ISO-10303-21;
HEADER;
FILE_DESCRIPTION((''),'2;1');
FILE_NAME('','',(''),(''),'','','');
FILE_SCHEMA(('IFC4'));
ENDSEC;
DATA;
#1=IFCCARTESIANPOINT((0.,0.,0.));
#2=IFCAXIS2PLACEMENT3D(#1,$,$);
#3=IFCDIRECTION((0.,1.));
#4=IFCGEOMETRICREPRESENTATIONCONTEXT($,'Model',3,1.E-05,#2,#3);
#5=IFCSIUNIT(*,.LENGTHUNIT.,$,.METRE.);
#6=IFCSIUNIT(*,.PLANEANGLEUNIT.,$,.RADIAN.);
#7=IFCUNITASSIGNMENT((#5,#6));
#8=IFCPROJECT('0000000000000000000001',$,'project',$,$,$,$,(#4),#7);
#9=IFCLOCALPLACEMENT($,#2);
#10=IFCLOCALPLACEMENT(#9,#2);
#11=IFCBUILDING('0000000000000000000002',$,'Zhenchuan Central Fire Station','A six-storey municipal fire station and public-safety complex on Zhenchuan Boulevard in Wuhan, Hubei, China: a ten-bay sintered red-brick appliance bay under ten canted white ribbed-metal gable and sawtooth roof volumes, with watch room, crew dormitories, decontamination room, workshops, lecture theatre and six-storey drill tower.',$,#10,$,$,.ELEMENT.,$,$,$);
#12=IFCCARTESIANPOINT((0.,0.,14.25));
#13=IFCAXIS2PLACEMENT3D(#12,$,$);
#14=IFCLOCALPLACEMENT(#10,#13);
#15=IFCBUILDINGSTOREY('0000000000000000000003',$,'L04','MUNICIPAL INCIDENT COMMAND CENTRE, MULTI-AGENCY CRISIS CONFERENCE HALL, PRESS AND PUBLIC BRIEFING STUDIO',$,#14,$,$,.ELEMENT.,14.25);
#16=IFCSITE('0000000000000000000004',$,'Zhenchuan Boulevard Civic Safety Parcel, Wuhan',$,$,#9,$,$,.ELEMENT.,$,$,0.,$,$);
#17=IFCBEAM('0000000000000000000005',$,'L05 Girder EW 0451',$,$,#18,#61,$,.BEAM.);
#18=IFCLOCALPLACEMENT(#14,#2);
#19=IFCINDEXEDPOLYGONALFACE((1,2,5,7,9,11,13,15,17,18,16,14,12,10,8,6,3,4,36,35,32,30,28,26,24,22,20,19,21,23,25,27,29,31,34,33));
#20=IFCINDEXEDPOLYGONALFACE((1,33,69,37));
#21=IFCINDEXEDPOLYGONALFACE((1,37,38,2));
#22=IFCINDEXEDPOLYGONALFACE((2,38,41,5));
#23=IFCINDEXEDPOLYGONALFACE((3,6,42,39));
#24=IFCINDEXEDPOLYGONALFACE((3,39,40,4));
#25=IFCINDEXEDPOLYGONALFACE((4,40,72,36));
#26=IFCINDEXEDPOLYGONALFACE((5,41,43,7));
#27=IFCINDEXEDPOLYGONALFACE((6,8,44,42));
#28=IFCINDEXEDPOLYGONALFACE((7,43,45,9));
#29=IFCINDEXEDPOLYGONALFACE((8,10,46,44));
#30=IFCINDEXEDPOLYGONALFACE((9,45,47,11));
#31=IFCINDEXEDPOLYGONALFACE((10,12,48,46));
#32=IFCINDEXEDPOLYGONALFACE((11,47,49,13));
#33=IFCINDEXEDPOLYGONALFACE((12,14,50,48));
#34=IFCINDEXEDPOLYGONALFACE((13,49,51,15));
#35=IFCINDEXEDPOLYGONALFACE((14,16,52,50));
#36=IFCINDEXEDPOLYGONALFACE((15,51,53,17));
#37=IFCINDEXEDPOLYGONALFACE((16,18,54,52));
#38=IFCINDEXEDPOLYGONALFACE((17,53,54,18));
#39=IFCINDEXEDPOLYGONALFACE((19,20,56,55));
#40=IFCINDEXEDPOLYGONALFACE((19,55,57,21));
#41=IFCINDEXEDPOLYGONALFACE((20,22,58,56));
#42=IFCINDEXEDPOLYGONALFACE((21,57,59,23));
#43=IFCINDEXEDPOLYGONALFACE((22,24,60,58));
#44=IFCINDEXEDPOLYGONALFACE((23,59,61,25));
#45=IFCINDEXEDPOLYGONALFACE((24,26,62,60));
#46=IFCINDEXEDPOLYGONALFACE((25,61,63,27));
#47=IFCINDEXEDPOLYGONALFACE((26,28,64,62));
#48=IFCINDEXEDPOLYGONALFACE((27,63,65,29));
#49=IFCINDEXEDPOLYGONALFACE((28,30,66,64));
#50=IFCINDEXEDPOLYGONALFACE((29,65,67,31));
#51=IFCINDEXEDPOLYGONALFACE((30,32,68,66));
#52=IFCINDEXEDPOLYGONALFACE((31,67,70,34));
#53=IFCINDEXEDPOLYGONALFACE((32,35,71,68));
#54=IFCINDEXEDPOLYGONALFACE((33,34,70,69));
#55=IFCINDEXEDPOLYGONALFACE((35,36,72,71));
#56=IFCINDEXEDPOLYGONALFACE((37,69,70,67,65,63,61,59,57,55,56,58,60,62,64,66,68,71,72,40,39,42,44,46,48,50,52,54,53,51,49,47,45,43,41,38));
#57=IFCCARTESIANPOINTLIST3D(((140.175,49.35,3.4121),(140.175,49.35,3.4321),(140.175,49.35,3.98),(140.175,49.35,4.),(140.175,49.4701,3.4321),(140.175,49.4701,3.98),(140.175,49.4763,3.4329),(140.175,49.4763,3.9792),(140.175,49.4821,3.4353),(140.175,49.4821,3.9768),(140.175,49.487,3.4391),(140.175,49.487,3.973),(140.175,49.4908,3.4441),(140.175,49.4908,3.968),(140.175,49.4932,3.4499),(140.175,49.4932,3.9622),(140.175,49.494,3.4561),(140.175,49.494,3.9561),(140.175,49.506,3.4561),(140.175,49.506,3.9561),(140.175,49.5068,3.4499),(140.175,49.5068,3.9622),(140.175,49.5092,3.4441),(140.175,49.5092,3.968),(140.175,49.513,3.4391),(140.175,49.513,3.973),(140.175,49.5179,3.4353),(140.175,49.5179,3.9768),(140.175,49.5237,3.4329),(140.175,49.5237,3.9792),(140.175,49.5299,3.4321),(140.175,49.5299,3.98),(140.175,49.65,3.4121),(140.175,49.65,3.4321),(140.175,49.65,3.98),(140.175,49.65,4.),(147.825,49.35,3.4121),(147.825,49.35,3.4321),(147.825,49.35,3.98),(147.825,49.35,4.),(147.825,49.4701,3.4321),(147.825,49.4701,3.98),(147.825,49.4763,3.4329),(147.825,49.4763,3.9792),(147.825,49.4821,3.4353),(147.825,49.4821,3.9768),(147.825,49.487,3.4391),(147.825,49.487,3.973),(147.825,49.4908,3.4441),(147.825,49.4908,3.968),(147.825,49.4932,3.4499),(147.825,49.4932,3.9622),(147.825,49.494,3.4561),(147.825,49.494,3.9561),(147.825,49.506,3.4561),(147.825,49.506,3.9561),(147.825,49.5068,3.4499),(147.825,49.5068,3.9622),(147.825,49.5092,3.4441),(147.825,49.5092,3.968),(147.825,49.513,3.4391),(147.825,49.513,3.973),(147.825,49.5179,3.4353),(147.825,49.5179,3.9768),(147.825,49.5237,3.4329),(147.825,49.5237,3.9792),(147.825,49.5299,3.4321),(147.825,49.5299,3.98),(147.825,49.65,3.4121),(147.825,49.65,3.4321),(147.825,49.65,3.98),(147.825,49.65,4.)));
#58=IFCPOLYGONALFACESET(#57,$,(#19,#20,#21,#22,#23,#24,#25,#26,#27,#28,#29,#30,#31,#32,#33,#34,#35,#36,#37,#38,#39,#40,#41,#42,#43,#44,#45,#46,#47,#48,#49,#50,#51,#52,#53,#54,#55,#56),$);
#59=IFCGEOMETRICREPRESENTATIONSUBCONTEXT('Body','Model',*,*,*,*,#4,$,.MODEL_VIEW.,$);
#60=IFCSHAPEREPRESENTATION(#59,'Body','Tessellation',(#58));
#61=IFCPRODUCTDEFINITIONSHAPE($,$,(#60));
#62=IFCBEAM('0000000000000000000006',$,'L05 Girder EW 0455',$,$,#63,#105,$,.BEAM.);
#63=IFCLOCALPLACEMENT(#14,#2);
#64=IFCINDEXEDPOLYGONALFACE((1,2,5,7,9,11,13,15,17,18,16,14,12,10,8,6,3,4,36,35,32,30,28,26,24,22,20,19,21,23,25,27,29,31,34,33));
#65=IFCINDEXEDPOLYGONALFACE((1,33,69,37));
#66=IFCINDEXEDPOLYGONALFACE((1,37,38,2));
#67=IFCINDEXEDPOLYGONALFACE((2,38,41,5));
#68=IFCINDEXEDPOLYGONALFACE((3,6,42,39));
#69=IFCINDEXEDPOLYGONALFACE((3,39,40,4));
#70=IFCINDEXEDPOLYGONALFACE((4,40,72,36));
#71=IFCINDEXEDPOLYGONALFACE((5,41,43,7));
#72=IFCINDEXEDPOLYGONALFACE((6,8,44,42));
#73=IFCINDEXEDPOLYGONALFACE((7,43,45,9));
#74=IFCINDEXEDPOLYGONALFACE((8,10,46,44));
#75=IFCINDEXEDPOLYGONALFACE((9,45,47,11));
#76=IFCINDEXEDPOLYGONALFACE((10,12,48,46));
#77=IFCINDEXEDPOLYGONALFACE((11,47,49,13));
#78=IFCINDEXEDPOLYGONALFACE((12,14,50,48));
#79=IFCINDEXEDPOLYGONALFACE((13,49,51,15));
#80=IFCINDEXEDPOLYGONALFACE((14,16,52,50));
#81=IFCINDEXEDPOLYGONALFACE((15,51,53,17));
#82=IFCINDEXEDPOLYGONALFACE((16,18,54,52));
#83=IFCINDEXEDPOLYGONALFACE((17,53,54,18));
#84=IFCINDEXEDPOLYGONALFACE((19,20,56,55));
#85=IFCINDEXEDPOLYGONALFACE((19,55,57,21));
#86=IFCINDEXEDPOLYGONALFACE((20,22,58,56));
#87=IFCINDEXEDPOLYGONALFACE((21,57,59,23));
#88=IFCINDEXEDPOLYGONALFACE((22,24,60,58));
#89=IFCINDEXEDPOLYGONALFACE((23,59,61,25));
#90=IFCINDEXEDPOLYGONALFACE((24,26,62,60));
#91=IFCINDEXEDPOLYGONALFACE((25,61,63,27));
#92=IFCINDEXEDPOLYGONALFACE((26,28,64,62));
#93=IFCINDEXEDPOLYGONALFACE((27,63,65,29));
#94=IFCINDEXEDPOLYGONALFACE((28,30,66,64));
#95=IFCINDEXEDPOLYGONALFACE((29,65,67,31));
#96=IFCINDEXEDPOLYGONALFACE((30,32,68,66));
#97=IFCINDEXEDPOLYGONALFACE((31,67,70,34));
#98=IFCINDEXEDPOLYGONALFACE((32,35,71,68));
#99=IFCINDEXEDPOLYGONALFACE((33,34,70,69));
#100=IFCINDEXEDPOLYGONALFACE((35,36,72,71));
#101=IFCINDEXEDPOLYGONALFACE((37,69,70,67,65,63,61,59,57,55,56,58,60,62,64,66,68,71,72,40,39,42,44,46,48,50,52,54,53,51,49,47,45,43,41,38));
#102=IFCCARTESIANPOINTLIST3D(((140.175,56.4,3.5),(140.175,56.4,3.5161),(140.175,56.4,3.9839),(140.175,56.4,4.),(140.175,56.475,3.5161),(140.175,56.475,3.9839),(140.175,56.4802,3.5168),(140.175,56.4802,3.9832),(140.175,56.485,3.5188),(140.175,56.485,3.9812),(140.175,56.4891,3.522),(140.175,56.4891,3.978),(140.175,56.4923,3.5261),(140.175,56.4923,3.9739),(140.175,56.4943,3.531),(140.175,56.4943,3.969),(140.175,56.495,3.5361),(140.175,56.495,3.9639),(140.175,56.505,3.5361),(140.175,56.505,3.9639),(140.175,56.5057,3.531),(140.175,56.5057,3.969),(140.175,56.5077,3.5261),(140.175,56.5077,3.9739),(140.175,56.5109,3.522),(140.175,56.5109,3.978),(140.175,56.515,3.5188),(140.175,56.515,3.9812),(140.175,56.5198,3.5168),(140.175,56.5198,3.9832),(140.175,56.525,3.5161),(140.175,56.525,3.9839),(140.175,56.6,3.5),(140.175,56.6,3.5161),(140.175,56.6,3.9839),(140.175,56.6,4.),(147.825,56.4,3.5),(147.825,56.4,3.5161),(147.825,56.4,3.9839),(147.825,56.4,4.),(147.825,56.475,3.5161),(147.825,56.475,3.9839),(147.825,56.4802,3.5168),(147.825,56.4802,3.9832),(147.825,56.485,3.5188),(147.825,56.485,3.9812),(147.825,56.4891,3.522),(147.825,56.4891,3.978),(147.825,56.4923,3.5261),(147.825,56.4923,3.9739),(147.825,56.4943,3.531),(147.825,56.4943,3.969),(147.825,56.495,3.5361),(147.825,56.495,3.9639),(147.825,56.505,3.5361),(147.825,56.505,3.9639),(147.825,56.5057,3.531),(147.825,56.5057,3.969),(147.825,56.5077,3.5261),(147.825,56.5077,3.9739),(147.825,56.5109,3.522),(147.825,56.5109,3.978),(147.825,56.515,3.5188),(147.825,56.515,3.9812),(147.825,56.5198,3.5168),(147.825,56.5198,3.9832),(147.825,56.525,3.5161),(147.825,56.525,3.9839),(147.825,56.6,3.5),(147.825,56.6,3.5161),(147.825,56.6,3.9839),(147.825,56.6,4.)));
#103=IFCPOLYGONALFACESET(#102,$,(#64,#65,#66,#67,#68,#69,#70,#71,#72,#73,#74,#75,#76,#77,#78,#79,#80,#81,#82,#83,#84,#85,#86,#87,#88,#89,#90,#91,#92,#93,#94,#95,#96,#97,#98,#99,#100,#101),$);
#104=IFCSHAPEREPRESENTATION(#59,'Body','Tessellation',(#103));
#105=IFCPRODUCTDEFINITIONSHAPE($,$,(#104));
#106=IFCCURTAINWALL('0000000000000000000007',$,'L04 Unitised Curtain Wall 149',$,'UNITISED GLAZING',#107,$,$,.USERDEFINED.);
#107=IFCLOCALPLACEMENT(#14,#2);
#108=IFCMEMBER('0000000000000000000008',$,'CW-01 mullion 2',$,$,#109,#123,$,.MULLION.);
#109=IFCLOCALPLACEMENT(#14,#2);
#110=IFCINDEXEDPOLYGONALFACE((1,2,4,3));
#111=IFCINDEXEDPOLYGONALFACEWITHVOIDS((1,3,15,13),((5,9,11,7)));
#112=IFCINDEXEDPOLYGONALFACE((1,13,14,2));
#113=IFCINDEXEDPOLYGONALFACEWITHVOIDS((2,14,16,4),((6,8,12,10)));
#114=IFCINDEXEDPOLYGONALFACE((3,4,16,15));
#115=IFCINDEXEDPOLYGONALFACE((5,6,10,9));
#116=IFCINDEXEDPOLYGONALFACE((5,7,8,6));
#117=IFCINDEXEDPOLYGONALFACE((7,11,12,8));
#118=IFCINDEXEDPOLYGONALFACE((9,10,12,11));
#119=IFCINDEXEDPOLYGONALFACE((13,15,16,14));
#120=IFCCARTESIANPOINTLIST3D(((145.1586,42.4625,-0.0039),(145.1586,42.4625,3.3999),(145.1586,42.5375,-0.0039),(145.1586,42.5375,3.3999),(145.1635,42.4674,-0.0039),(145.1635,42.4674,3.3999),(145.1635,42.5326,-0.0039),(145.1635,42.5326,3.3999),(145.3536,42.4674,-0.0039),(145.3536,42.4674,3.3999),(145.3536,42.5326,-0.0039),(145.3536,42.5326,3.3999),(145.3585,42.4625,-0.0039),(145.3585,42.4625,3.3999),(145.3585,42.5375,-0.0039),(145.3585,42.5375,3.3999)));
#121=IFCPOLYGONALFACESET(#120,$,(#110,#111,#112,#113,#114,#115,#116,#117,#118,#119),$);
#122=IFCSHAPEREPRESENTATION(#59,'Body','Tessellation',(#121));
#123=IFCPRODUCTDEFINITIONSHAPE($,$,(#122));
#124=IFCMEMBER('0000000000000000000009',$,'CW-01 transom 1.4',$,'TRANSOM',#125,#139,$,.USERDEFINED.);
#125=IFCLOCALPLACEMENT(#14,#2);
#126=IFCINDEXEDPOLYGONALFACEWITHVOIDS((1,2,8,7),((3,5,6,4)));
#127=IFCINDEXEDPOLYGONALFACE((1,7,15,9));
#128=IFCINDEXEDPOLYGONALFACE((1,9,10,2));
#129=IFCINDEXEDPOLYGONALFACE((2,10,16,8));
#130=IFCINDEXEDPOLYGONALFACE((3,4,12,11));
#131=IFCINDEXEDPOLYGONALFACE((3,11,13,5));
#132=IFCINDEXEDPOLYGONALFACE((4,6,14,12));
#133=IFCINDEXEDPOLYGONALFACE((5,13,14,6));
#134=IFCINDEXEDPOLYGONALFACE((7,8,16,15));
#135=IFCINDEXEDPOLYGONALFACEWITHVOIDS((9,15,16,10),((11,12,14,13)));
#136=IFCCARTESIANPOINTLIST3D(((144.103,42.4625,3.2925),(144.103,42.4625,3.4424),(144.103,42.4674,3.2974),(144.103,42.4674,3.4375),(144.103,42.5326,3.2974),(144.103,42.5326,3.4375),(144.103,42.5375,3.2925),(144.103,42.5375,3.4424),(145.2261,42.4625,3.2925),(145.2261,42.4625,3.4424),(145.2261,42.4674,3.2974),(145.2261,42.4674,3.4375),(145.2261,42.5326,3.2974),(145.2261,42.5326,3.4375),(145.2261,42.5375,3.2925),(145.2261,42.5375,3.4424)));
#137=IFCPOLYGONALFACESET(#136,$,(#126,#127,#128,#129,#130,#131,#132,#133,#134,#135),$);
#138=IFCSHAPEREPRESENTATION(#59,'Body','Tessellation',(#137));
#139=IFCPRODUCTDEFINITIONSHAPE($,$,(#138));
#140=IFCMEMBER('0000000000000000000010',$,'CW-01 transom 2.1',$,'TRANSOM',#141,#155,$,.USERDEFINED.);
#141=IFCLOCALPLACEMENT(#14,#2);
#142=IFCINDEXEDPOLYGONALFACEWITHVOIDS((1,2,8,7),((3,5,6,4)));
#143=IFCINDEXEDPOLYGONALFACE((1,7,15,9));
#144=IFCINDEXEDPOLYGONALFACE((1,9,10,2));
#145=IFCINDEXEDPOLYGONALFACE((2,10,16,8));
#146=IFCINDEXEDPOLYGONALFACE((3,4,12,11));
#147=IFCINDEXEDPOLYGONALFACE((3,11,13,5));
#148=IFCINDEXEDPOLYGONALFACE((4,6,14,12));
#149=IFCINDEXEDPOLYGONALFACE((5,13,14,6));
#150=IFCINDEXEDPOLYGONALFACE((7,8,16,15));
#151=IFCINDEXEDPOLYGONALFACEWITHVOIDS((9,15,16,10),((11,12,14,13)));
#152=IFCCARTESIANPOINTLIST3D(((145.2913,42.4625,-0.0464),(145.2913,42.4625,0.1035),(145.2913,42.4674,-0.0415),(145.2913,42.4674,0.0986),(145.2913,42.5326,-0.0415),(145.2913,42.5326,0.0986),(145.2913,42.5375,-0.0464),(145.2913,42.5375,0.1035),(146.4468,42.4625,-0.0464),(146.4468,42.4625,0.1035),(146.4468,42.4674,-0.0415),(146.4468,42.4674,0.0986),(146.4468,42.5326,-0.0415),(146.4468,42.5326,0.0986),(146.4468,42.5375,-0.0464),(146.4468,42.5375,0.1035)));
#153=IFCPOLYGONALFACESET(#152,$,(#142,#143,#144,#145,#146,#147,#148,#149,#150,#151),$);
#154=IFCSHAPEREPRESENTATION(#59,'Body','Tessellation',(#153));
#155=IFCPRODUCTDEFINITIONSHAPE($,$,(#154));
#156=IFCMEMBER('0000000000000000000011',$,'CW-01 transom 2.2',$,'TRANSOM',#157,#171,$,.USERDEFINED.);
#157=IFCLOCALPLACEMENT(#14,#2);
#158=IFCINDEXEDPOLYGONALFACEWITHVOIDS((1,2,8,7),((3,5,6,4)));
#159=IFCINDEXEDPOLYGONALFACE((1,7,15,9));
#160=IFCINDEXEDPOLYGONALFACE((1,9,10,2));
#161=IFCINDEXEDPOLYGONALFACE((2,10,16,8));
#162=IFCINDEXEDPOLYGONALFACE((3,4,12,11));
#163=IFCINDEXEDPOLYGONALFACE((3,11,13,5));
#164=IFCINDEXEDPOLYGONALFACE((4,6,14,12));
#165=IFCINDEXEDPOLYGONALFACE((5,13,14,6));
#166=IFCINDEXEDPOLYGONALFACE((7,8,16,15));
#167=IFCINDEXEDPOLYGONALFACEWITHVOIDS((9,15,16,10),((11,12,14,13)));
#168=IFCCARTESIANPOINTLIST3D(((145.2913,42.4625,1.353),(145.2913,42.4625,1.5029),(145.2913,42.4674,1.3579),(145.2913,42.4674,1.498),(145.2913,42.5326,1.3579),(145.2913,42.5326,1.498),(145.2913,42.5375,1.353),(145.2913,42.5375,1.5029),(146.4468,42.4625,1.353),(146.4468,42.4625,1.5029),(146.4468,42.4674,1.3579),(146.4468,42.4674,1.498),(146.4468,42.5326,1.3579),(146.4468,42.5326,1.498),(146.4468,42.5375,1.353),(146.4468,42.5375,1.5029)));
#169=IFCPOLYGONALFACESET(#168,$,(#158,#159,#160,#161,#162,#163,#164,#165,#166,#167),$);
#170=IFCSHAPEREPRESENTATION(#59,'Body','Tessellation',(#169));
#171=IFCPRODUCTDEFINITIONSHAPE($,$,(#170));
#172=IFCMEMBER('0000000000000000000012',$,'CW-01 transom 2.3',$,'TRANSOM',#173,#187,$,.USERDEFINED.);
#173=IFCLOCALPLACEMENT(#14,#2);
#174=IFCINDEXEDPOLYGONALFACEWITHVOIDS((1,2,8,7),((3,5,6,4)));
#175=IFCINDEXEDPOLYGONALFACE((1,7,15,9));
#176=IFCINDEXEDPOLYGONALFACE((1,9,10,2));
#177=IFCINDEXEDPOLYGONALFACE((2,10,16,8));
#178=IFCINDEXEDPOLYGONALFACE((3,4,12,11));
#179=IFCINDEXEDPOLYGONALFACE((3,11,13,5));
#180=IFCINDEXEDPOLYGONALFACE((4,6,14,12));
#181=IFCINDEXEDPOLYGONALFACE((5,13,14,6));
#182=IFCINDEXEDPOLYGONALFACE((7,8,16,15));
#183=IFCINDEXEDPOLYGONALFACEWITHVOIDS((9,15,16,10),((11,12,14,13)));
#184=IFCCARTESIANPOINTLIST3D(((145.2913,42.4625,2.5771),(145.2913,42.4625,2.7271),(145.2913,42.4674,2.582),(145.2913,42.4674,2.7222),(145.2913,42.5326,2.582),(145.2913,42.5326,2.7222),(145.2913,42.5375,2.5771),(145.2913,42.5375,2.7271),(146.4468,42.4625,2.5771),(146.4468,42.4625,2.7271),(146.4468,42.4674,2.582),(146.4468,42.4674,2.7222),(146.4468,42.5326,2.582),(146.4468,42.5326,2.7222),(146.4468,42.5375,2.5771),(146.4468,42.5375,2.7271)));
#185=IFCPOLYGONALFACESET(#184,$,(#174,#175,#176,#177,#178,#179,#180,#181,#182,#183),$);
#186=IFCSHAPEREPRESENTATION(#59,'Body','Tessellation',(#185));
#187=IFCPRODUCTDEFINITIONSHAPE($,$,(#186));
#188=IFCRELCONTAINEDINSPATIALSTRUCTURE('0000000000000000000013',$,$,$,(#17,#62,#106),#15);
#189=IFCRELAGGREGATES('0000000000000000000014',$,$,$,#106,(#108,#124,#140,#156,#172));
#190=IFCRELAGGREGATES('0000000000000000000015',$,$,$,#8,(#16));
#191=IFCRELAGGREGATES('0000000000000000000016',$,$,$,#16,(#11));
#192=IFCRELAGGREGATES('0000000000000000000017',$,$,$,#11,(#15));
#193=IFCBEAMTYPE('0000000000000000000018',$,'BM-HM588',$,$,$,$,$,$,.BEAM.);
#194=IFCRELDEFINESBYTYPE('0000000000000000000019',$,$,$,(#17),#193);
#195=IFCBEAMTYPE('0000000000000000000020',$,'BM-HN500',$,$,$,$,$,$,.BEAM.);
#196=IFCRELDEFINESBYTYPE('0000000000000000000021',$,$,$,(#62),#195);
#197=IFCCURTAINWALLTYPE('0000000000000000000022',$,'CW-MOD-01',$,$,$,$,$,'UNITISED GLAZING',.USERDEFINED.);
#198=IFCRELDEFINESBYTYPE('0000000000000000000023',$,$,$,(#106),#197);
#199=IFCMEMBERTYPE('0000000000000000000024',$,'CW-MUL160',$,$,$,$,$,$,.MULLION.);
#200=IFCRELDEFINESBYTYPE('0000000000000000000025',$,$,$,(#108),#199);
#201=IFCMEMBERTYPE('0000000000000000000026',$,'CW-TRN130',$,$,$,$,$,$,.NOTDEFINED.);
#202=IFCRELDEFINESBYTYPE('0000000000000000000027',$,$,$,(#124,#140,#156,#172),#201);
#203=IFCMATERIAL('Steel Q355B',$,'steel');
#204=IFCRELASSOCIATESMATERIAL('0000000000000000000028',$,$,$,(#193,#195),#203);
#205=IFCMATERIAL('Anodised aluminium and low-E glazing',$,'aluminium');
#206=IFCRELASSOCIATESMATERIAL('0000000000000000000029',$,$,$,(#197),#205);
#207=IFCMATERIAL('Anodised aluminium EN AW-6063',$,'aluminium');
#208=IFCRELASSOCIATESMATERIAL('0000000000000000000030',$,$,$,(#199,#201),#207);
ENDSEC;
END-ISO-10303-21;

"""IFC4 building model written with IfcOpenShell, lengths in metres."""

from ifc_helpers import new_model, si_unit, direction, frame, origin, origin_2d, place, context, subcontext, project, spatial, hollow_rectangle, i_section, extrude, material, material_profile, profile_set, type_object, element, aggregate, save


model = new_model("IFC4")

# Units and contexts
model_context = context("Model", 3, precision=1e-05, world=origin(), true_north=direction((0.0, 1.0)))
body_context = subcontext(model_context, "Body", "Model", "MODEL_VIEW")
ifc_project = project(units=[si_unit("LENGTHUNIT", "METRE"), si_unit("PLANEANGLEUNIT", "RADIAN")], contexts=[model_context])

# Site, building, storey
site_placement = place(None, origin())
site = spatial("IfcSite", under=ifc_project, at=site_placement, Name="Zhenchuan Boulevard Civic Safety Parcel, Wuhan", CompositionType="ELEMENT", RefElevation=0.0)
building_placement = place(site_placement, origin())
building = spatial("IfcBuilding", under=site, at=building_placement, Name="Zhenchuan Central Fire Station", Description="A six-storey municipal fire station and public-safety complex on Zhenchuan Boulevard in Wuhan, Hubei, China: a ten-bay sintered red-brick appliance bay under ten canted white ribbed-metal gable and sawtooth roof volumes, with watch room, crew dormitories, decontamination room, workshops, lecture theatre and six-storey drill tower.", CompositionType="ELEMENT")
storey_placement = place(building_placement, frame((0.0, 0.0, 14.25)))
storey = spatial("IfcBuildingStorey", under=building, at=storey_placement, Name="L04", Description="MUNICIPAL INCIDENT COMMAND CENTRE, MULTI-AGENCY CRISIS CONFERENCE HALL, PRESS AND PUBLIC BRIEFING STUDIO", CompositionType="ELEMENT", Elevation=14.25)

# Beams
ifc_material_1 = material(Name="Steel Q355B", Category="steel")
ifc_material_profile_1 = material_profile(ifc_material_1, i_section(OverallWidth=0.3, OverallDepth=0.5879, WebThickness=0.012, FlangeThickness=0.02, FilletRadius=0.0239, at=origin_2d()), Name="HM 588x300")
ifc_profile_set_1 = profile_set([ifc_material_profile_1], Name="Steel Q355B")
beam_type_1 = type_object("IfcBeamType", Name="BM-HM588", PredefinedType="BEAM", material=ifc_profile_set_1)
beam_1_placement = place(storey_placement, frame((140.175, 49.5, 3.7061), z_axis=(1.0, 0.0, 0.0), x_axis=(0.0, 1.0, 0.0)))
element("IfcBeam", 1, at=beam_1_placement, inside=storey, type_object=beam_type_1, Name="L05 Girder EW 0451", PredefinedType="BEAM", context=body_context, shape_type="SweptSolid", body=[
    extrude(i_section(OverallWidth=0.3, OverallDepth=0.5879, WebThickness=0.012, FlangeThickness=0.02, FilletRadius=0.0239, at=origin_2d()), origin(), (0.0, 0.0, 1.0), 7.6499),
])
ifc_material_profile_2 = material_profile(ifc_material_1, i_section(OverallWidth=0.2, OverallDepth=0.5, WebThickness=0.01, FlangeThickness=0.0161, FilletRadius=0.02, at=origin_2d()), Name="HN 500x200")
ifc_profile_set_2 = profile_set([ifc_material_profile_2], Name="Steel Q355B")
beam_type_2 = type_object("IfcBeamType", Name="BM-HN500", PredefinedType="BEAM", material=ifc_profile_set_2)
beam_2_placement = place(storey_placement, frame((140.175, 56.5, 3.75), z_axis=(1.0, 0.0, 0.0), x_axis=(0.0, 1.0, 0.0)))
element("IfcBeam", 2, at=beam_2_placement, inside=storey, type_object=beam_type_2, Name="L05 Girder EW 0455", PredefinedType="BEAM", context=body_context, shape_type="SweptSolid", body=[
    extrude(i_section(OverallWidth=0.2, OverallDepth=0.5, WebThickness=0.01, FlangeThickness=0.0161, FilletRadius=0.02, at=origin_2d()), origin(), (0.0, 0.0, 1.0), 7.6499),
])

# Curtain wall, members
ifc_material_2 = material(Name="Anodised aluminium and low-E glazing", Category="aluminium")
curtain_wall_type = type_object("IfcCurtainWallType", Name="CW-MOD-01", ElementType="UNITISED GLAZING", PredefinedType="USERDEFINED", material=ifc_material_2)
curtain_wall_placement = place(storey_placement, origin())
curtain_wall = element("IfcCurtainWall", 3, at=curtain_wall_placement, inside=storey, type_object=curtain_wall_type, Name="L04 Unitised Curtain Wall 149", ObjectType="UNITISED GLAZING", PredefinedType="USERDEFINED")
ifc_material_3 = material(Name="Anodised aluminium EN AW-6063", Category="aluminium")
ifc_material_profile_3 = material_profile(ifc_material_3, hollow_rectangle(XDim=0.075, YDim=0.2, WallThickness=0.0049, at=origin_2d()), Name="ALU-M 200x75")
ifc_profile_set_3 = profile_set([ifc_material_profile_3], Name="Anodised aluminium EN AW-6063")
member_type_1 = type_object("IfcMemberType", Name="CW-MUL160", PredefinedType="MULLION", material=ifc_profile_set_3)
member_1_placement = place(storey_placement, frame((145.2585, 42.5, -0.0039), z_axis=(0.0, 0.0, 1.0), x_axis=(0.0, 1.0, 0.0)))
member_1 = element("IfcMember", 4, at=member_1_placement, type_object=member_type_1, Name="CW-01 mullion 2", PredefinedType="MULLION", context=body_context, shape_type="SweptSolid", body=[
    extrude(hollow_rectangle(XDim=0.075, YDim=0.2, WallThickness=0.0049, at=origin_2d()), origin(), (0.0, 0.0, 1.0), 3.4038),
])
ifc_material_profile_4 = material_profile(ifc_material_3, hollow_rectangle(XDim=0.075, YDim=0.1499, WallThickness=0.0049, at=origin_2d()), Name="ALU-T 150x75")
ifc_profile_set_4 = profile_set([ifc_material_profile_4], Name="Anodised aluminium EN AW-6063")
member_type_2 = type_object("IfcMemberType", Name="CW-TRN130", PredefinedType="NOTDEFINED", material=ifc_profile_set_4)
member_2_placement = place(storey_placement, frame((144.103, 42.5, 3.3674), z_axis=(1.0, 0.0, 0.0), x_axis=(0.0, 1.0, 0.0)))
member_2 = element("IfcMember", 5, at=member_2_placement, type_object=member_type_2, Name="CW-01 transom 1.4", ObjectType="TRANSOM", PredefinedType="USERDEFINED", context=body_context, shape_type="SweptSolid", body=[
    extrude(hollow_rectangle(XDim=0.075, YDim=0.1499, WallThickness=0.0049, at=origin_2d()), origin(), (0.0, 0.0, 1.0), 1.123),
])
member_3_placement = place(storey_placement, frame((145.2913, 42.5, 0.0286), z_axis=(1.0, 0.0, 0.0), x_axis=(0.0, 1.0, 0.0)))
member_3 = element("IfcMember", 6, at=member_3_placement, type_object=member_type_2, Name="CW-01 transom 2.1", ObjectType="TRANSOM", PredefinedType="USERDEFINED", context=body_context, shape_type="SweptSolid", body=[
    extrude(hollow_rectangle(XDim=0.075, YDim=0.1499, WallThickness=0.0049, at=origin_2d()), origin(), (0.0, 0.0, 1.0), 1.1555),
])
member_4_placement = place(storey_placement, frame((145.2913, 42.5, 1.428), z_axis=(1.0, 0.0, 0.0), x_axis=(0.0, 1.0, 0.0)))
member_4 = element("IfcMember", 7, at=member_4_placement, type_object=member_type_2, Name="CW-01 transom 2.2", ObjectType="TRANSOM", PredefinedType="USERDEFINED", context=body_context, shape_type="SweptSolid", body=[
    extrude(hollow_rectangle(XDim=0.075, YDim=0.1499, WallThickness=0.0049, at=origin_2d()), origin(), (0.0, 0.0, 1.0), 1.1555),
])
member_5_placement = place(storey_placement, frame((145.2913, 42.5, 2.6521), z_axis=(1.0, 0.0, 0.0), x_axis=(0.0, 1.0, 0.0)))
member_5 = element("IfcMember", 8, at=member_5_placement, type_object=member_type_2, Name="CW-01 transom 2.3", ObjectType="TRANSOM", PredefinedType="USERDEFINED", context=body_context, shape_type="SweptSolid", body=[
    extrude(hollow_rectangle(XDim=0.075, YDim=0.1499, WallThickness=0.0049, at=origin_2d()), origin(), (0.0, 0.0, 1.0), 1.1555),
])

aggregate(curtain_wall, [member_1, member_2, member_3, member_4, member_5])

save(model, "model.ifc")
